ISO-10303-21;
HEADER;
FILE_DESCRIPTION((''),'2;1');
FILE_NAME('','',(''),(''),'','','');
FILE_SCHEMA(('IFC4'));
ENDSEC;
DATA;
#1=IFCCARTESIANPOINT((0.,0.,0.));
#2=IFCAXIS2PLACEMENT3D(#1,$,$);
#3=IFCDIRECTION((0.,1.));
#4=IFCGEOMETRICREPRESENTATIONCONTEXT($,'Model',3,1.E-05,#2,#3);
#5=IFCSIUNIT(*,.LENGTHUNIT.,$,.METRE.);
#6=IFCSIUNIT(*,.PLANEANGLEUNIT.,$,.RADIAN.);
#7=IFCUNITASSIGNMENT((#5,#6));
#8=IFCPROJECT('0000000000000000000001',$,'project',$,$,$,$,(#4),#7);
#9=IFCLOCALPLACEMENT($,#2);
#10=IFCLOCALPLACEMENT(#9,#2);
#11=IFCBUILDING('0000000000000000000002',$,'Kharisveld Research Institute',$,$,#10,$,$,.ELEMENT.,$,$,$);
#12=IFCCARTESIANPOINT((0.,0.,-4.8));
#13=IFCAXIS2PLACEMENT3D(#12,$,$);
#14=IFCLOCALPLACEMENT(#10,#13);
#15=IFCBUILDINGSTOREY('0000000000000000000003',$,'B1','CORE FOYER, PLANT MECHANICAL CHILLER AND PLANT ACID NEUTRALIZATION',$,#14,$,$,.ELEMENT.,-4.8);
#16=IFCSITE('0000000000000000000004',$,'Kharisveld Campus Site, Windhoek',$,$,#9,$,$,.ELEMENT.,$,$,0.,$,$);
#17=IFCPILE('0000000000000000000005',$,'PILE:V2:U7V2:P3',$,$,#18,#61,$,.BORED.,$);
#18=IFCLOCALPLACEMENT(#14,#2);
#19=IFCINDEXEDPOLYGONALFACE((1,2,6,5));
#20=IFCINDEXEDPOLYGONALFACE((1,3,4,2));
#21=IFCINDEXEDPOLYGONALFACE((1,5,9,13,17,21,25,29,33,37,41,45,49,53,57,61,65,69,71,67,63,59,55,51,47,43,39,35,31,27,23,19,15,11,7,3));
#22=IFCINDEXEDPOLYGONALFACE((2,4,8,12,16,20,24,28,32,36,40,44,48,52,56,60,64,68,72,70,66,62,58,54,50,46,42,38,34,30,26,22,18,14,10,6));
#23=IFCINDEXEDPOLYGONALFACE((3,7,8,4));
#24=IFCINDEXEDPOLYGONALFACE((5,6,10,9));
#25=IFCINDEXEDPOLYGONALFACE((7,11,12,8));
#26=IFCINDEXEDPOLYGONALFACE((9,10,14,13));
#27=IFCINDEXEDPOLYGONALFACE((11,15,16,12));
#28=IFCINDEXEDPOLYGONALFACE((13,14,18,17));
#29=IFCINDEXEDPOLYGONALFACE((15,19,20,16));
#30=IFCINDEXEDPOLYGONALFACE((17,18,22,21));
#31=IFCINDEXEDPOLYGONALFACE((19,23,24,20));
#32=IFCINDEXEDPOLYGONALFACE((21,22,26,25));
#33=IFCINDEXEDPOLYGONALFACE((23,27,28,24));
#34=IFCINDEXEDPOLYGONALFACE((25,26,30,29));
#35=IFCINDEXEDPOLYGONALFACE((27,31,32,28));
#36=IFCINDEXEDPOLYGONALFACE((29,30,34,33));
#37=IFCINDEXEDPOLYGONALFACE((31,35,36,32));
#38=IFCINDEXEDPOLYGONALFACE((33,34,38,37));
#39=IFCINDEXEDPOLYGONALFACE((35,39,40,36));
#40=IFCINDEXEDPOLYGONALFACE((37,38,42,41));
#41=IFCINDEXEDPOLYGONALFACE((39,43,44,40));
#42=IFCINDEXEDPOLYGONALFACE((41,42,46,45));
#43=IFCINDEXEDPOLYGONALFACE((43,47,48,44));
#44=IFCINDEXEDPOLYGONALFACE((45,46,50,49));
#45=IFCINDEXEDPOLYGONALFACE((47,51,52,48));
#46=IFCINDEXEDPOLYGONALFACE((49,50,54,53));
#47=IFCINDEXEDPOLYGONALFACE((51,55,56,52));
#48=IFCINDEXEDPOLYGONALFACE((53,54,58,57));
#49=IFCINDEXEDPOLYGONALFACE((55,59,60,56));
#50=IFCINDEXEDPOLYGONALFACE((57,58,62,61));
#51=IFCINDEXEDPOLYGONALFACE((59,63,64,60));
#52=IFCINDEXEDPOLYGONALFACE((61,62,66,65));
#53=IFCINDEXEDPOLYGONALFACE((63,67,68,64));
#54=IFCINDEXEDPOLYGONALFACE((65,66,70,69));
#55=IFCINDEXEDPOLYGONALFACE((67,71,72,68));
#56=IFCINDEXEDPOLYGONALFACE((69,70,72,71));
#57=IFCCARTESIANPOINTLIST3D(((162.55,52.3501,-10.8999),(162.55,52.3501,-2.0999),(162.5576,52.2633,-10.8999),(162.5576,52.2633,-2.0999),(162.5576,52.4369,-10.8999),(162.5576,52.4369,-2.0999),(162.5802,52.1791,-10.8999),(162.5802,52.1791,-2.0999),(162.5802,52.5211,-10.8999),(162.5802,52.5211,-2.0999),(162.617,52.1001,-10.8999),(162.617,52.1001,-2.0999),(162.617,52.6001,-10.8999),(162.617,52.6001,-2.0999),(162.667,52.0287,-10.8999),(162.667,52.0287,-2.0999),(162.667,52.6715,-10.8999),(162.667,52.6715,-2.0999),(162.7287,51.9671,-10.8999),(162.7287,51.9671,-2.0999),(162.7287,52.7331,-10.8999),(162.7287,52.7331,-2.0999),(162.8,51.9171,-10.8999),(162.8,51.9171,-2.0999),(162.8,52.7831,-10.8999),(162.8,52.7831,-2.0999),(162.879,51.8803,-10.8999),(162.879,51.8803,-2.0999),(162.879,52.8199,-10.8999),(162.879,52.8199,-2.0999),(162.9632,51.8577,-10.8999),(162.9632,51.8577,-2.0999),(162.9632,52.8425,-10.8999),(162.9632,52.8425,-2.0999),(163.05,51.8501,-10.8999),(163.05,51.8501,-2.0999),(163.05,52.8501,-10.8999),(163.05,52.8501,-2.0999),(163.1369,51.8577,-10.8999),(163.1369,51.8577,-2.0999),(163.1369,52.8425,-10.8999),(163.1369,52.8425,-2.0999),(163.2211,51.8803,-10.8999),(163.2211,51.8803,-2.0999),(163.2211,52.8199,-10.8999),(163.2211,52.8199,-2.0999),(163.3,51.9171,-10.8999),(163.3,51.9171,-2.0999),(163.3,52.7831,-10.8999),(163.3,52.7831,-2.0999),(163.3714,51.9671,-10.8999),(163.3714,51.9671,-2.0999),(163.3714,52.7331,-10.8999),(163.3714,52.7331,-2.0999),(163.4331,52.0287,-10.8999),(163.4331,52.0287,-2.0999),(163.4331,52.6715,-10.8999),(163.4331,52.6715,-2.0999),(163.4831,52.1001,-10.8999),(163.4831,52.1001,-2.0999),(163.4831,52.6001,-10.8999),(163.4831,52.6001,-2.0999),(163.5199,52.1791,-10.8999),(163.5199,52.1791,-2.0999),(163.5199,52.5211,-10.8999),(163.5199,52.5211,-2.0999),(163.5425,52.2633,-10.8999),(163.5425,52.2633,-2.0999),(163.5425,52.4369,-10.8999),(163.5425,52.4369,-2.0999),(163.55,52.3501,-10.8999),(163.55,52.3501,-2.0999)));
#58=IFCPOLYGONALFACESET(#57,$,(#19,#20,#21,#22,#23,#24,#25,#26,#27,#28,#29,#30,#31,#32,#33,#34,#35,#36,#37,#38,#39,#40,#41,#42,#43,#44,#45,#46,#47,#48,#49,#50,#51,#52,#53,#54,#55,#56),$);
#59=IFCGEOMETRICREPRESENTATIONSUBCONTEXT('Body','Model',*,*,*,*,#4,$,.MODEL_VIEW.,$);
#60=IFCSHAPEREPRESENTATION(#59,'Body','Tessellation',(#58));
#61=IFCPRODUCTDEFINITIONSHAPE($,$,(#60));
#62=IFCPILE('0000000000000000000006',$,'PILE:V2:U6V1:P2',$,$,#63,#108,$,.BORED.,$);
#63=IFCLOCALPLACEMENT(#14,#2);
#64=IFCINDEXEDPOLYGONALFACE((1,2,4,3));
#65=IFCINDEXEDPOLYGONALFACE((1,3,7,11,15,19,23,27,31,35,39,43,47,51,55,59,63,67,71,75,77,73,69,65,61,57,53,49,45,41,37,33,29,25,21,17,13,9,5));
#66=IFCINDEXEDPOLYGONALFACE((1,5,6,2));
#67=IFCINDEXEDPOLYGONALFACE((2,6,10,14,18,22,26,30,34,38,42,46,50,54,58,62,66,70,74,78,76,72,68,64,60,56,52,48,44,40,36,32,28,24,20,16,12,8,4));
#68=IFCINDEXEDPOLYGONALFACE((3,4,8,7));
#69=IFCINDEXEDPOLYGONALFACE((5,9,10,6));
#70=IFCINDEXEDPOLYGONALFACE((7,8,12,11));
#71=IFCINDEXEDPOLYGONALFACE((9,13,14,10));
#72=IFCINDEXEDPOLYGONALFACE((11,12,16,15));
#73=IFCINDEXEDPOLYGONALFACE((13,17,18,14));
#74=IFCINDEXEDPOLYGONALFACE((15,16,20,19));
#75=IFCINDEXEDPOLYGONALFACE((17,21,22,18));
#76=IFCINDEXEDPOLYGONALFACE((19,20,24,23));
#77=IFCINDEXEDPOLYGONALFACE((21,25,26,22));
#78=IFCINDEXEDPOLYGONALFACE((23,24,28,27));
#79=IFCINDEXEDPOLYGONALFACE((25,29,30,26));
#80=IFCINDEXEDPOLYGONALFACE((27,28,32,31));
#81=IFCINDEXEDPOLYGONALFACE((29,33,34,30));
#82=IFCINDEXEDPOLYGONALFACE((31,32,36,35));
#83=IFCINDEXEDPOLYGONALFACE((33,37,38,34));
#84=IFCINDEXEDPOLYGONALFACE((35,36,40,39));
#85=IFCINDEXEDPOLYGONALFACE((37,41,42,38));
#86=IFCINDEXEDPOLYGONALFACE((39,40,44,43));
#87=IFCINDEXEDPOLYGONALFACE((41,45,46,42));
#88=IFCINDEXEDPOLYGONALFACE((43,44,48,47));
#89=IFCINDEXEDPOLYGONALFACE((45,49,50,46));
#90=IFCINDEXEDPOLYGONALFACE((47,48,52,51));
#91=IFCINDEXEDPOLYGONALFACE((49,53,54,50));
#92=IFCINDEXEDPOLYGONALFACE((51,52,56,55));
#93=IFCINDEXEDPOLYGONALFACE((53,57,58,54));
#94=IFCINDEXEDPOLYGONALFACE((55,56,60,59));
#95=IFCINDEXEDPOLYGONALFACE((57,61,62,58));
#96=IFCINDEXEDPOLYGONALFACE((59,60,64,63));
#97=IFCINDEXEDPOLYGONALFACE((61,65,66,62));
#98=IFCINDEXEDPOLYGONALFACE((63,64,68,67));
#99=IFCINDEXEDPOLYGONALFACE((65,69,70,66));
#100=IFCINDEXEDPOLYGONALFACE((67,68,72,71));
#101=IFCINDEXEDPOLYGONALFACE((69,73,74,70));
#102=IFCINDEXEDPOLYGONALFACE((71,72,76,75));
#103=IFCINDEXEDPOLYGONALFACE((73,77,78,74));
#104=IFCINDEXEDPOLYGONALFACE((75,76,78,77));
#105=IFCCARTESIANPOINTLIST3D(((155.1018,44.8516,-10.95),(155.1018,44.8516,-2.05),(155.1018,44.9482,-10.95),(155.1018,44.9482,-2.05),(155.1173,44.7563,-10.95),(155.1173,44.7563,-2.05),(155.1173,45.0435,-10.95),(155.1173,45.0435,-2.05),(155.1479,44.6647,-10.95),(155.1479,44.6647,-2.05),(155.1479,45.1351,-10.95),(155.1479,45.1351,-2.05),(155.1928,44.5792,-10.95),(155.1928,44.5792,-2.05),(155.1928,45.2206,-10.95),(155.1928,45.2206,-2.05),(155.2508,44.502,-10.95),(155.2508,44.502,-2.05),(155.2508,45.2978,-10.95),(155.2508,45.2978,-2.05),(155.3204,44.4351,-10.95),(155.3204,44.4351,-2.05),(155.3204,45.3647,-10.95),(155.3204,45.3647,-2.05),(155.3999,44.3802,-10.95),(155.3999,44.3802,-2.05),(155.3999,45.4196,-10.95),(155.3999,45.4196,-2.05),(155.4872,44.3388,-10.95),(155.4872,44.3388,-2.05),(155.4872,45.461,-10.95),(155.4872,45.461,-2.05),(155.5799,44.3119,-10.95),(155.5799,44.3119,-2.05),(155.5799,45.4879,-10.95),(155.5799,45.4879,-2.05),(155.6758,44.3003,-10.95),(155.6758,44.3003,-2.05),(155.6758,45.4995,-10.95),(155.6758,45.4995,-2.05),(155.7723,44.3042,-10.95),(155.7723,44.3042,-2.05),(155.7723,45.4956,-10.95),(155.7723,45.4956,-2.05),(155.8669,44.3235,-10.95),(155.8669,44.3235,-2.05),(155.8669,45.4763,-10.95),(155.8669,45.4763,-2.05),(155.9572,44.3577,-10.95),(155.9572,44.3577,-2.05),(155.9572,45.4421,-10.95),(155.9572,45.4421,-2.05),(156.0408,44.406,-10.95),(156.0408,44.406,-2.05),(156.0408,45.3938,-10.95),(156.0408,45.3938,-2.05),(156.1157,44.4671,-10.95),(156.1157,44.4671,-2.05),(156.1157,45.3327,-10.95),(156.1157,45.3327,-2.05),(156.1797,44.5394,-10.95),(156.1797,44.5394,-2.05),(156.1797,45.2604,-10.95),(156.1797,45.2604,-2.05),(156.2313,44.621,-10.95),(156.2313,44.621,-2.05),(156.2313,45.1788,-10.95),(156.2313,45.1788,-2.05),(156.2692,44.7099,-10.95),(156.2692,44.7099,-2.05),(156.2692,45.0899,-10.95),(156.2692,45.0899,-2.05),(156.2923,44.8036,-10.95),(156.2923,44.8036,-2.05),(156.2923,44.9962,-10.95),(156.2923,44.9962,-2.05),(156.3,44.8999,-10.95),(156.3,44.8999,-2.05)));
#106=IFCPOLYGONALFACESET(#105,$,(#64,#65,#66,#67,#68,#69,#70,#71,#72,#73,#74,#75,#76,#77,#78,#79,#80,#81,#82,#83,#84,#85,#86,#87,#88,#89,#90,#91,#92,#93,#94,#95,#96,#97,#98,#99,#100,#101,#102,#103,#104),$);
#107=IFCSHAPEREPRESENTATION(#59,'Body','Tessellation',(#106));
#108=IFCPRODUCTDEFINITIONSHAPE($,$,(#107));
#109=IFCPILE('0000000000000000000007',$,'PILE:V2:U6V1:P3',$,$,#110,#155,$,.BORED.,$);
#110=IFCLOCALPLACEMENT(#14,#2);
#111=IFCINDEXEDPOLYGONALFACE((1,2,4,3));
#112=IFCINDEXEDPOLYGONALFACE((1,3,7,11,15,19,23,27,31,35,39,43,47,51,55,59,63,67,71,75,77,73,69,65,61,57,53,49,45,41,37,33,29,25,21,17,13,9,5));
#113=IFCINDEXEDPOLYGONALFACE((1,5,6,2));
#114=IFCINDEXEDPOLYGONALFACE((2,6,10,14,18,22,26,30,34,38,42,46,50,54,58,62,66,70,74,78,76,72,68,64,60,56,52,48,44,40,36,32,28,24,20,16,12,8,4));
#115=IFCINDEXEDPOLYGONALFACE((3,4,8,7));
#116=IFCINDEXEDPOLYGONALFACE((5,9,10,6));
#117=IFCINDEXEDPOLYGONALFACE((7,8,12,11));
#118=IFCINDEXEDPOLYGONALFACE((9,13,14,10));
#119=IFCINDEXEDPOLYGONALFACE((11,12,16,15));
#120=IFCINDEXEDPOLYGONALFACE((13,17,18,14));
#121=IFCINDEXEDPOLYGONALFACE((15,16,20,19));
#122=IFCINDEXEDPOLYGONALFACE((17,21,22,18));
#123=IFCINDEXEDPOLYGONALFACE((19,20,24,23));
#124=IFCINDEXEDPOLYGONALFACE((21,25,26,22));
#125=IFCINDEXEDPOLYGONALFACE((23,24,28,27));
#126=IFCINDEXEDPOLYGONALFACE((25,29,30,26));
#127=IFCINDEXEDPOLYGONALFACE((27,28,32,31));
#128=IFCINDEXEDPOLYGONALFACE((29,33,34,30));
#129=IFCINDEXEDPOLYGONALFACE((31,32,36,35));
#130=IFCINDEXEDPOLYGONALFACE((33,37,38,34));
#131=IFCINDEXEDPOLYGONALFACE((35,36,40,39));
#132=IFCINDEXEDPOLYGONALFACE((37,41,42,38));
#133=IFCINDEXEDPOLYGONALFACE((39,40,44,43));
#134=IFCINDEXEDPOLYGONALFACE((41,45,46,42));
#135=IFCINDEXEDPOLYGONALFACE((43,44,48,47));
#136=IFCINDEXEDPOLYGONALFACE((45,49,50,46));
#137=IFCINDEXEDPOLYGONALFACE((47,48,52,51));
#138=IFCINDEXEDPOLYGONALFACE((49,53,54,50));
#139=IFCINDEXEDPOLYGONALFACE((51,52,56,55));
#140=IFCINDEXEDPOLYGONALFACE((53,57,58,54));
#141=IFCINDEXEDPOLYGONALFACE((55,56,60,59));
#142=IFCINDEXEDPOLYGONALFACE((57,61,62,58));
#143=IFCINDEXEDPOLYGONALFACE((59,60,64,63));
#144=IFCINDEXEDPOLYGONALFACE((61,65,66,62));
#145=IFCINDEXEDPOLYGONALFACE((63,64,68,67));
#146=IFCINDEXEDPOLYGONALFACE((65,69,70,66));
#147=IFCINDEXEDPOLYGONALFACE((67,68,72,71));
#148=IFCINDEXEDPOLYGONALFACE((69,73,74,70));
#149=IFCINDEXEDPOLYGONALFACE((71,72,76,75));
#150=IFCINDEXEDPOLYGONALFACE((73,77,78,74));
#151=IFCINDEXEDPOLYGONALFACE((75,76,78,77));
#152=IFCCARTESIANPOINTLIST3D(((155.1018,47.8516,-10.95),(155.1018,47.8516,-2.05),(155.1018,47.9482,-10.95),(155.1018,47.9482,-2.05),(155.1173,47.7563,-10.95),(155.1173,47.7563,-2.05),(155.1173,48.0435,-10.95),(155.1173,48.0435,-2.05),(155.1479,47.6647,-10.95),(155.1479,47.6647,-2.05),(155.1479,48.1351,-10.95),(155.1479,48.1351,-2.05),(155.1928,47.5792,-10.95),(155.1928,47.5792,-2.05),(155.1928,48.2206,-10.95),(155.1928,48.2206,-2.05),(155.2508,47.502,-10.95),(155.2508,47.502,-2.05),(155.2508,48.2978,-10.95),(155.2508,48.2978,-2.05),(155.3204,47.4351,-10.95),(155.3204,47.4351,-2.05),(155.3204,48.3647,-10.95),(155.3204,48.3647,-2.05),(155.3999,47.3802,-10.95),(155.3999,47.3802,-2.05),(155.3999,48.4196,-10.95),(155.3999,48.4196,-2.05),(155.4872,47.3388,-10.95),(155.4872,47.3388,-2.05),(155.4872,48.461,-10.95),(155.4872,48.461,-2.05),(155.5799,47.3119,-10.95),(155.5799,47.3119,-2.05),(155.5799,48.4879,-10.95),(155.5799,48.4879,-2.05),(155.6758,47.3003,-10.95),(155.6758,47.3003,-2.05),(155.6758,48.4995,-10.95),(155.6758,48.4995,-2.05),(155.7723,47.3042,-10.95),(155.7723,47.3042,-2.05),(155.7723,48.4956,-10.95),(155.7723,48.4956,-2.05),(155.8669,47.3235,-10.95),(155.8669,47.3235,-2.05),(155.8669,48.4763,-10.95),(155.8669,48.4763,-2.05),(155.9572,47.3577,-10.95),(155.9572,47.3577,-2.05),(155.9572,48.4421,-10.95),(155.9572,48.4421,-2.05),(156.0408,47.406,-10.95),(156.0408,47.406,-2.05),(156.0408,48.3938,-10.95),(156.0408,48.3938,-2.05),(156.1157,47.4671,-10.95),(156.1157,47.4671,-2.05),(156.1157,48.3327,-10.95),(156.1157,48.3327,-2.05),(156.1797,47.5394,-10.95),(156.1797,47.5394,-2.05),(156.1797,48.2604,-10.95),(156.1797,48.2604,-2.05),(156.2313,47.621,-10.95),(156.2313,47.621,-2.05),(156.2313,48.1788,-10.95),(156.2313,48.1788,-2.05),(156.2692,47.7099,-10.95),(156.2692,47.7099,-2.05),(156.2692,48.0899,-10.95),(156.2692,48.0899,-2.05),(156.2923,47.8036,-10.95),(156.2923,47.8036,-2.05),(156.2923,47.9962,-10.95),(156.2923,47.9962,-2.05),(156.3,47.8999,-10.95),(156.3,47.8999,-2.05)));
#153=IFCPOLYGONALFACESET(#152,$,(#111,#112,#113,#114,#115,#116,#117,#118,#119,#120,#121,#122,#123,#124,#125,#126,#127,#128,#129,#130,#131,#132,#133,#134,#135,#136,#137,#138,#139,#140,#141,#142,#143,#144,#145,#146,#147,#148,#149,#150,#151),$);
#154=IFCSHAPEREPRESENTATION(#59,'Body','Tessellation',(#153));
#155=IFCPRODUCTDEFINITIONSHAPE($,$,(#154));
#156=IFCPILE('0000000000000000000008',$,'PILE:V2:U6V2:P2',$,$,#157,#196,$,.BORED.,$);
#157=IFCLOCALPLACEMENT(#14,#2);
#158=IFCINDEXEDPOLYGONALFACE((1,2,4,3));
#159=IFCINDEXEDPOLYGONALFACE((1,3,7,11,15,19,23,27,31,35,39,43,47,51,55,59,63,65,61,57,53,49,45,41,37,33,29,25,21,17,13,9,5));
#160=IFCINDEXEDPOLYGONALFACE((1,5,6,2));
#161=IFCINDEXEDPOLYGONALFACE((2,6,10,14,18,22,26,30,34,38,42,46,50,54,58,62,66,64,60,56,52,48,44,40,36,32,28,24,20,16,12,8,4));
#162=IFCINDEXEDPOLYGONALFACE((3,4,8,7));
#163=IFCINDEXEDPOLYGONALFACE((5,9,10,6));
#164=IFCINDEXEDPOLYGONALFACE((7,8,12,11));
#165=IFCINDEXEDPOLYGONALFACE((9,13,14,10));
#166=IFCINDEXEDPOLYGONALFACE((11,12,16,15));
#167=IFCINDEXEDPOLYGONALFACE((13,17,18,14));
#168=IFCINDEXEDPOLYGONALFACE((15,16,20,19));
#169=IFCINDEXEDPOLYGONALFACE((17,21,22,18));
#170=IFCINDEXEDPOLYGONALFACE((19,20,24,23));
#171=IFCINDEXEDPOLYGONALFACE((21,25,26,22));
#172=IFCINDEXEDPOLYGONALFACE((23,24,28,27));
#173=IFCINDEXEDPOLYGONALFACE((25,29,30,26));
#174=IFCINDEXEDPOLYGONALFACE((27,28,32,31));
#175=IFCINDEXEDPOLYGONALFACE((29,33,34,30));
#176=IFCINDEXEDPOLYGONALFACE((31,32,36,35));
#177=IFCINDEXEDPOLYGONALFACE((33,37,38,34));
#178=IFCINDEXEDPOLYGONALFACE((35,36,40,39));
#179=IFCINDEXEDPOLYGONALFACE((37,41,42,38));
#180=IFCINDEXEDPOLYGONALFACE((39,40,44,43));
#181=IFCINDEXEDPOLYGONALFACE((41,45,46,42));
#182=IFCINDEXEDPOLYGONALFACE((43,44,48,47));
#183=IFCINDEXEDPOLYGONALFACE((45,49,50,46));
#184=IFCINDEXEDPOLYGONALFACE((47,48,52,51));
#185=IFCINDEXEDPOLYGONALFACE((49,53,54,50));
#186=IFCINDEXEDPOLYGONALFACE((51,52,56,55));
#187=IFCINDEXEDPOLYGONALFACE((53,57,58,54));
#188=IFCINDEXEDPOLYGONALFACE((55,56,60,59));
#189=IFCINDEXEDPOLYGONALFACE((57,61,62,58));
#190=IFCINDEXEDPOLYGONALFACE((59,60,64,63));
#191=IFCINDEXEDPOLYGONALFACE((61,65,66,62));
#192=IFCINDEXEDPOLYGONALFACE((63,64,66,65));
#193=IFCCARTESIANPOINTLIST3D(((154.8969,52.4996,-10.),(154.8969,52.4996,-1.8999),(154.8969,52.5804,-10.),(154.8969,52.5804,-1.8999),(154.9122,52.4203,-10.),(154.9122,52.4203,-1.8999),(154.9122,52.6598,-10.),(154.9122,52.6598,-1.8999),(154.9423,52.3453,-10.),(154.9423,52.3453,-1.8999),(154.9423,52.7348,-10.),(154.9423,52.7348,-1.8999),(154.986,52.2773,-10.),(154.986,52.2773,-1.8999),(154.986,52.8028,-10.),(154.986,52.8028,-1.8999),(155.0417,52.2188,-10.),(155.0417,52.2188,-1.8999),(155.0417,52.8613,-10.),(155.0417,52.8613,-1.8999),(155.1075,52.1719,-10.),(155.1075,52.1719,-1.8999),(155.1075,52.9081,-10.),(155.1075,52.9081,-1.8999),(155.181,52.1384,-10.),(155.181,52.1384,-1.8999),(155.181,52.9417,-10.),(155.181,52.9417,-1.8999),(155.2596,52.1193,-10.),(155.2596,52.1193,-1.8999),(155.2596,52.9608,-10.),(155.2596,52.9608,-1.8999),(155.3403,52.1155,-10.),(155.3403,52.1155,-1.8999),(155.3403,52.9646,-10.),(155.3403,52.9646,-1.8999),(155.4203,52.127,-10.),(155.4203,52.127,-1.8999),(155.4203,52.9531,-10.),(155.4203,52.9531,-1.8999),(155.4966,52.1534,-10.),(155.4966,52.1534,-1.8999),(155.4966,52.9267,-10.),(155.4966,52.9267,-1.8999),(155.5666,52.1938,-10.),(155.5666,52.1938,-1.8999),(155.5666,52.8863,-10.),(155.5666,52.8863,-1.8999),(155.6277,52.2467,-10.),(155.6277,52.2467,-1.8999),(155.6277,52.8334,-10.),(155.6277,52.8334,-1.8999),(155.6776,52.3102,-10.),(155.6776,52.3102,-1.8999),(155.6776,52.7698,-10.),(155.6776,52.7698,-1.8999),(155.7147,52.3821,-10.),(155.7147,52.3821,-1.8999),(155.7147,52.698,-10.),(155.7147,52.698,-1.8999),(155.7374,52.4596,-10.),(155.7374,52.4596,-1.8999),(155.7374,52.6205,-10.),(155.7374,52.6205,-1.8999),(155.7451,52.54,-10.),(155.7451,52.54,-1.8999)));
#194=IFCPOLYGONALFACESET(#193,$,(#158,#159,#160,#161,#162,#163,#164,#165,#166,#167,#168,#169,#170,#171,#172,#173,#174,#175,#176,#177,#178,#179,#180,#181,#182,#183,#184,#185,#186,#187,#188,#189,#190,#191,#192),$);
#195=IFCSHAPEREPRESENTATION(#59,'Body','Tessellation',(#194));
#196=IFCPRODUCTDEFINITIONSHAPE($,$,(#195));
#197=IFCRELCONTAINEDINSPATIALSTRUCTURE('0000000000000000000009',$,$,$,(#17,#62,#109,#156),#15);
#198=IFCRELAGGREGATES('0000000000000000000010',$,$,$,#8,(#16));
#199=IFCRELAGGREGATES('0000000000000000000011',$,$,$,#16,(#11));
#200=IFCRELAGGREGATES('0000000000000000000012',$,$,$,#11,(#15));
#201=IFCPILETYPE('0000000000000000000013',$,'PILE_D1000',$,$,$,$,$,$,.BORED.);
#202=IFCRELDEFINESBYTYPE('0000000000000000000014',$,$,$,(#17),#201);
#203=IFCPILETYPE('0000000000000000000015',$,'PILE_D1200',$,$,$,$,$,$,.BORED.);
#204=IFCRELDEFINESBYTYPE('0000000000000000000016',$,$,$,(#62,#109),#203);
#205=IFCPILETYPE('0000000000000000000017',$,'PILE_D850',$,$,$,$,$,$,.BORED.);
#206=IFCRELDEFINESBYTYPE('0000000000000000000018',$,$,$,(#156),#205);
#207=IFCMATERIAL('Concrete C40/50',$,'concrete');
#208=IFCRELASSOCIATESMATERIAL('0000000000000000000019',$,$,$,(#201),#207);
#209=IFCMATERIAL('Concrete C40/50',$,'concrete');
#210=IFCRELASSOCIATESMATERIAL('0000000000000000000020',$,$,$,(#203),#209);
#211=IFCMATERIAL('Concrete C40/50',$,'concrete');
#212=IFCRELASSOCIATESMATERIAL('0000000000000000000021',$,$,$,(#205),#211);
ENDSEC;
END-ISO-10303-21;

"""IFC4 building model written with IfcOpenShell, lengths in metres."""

from ifc_helpers import new_model, si_unit, direction, frame, origin, origin_2d, place, context, subcontext, project, spatial, circle, extrude, material, material_profile, profile_set, type_object, element, save


model = new_model("IFC4")

# Units and contexts
model_context = context("Model", 3, precision=1e-05, world=origin(), true_north=direction((0.0, 1.0)))
body_context = subcontext(model_context, "Body", "Model", "MODEL_VIEW")
ifc_project = project(units=[si_unit("LENGTHUNIT", "METRE"), si_unit("PLANEANGLEUNIT", "RADIAN")], contexts=[model_context])

# Site, building, storey
site_placement = place(None, origin())
site = spatial("IfcSite", under=ifc_project, at=site_placement, Name="Kharisveld Campus Site, Windhoek", CompositionType="ELEMENT", RefElevation=0.0)
building_placement = place(site_placement, origin())
building = spatial("IfcBuilding", under=site, at=building_placement, Name="Kharisveld Research Institute", CompositionType="ELEMENT")
storey_placement = place(building_placement, frame((0.0, 0.0, -4.8)))
storey = spatial("IfcBuildingStorey", under=building, at=storey_placement, Name="B1", Description="CORE FOYER, PLANT MECHANICAL CHILLER AND PLANT ACID NEUTRALIZATION", CompositionType="ELEMENT", Elevation=-4.8)

# Piles
ifc_material_1 = material(Name="Concrete C40/50", Category="concrete")
ifc_material_profile_1 = material_profile(ifc_material_1, circle(Radius=0.5, at=origin_2d()))
ifc_profile_set_1 = profile_set([ifc_material_profile_1], Name="Concrete C40/50")
pile_type_1 = type_object("IfcPileType", Name="PILE_D1000", PredefinedType="BORED", material=ifc_profile_set_1)
for number, where, z_axis, x_axis, name in (
    (1, (163.05, 52.3501, -2.0999), (0.0, 0.0, -1.0), (1.0, 0.0, 0.0), "PILE:V2:U7V2:P3"),
):
    element("IfcPile", number, at=place(storey_placement, frame(where, z_axis=z_axis, x_axis=x_axis)), inside=storey, type_object=pile_type_1, Name=name, PredefinedType="BORED", context=body_context, shape_type="SweptSolid", body=[
        extrude(circle(Radius=0.5, at=origin_2d()), origin(), (0.0, 0.0, 1.0), 8.8),
    ])
ifc_material_2 = material(Name="Concrete C40/50", Category="concrete")
ifc_material_profile_2 = material_profile(ifc_material_2, circle(Radius=0.6001, at=origin_2d()))
ifc_profile_set_2 = profile_set([ifc_material_profile_2], Name="Concrete C40/50")
pile_type_2 = type_object("IfcPileType", Name="PILE_D1200", PredefinedType="BORED", material=ifc_profile_set_2)
for number, where, z_axis, x_axis, name in (
    (2, (155.7, 44.8999, -2.05), (0.0, 0.0, -1.0), (1.0, 0.0, 0.0), "PILE:V2:U6V1:P2"),
    (3, (155.7, 47.8999, -2.05), (0.0, 0.0, -1.0), (1.0, 0.0, 0.0), "PILE:V2:U6V1:P3"),
):
    element("IfcPile", number, at=place(storey_placement, frame(where, z_axis=z_axis, x_axis=x_axis)), inside=storey, type_object=pile_type_2, Name=name, PredefinedType="BORED", context=body_context, shape_type="SweptSolid", body=[
        extrude(circle(Radius=0.6001, at=origin_2d()), origin(), (0.0, 0.0, 1.0), 8.8999),
    ])
ifc_material_3 = material(Name="Concrete C40/50", Category="concrete")
ifc_material_profile_3 = material_profile(ifc_material_3, circle(Radius=0.425, at=origin_2d()))
ifc_profile_set_3 = profile_set([ifc_material_profile_3], Name="Concrete C40/50")
pile_type_3 = type_object("IfcPileType", Name="PILE_D850", PredefinedType="BORED", material=ifc_profile_set_3)
pile_placement = place(storey_placement, frame((155.3201, 52.54, -1.8999), z_axis=(0.0, 0.0, -1.0), x_axis=(1.0, 0.0, 0.0)))
element("IfcPile", 4, at=pile_placement, inside=storey, type_object=pile_type_3, Name="PILE:V2:U6V2:P2", PredefinedType="BORED", context=body_context, shape_type="SweptSolid", body=[
    extrude(circle(Radius=0.425, at=origin_2d()), origin(), (0.0, 0.0, 1.0), 8.1001),
])

save(model, "model.ifc")
